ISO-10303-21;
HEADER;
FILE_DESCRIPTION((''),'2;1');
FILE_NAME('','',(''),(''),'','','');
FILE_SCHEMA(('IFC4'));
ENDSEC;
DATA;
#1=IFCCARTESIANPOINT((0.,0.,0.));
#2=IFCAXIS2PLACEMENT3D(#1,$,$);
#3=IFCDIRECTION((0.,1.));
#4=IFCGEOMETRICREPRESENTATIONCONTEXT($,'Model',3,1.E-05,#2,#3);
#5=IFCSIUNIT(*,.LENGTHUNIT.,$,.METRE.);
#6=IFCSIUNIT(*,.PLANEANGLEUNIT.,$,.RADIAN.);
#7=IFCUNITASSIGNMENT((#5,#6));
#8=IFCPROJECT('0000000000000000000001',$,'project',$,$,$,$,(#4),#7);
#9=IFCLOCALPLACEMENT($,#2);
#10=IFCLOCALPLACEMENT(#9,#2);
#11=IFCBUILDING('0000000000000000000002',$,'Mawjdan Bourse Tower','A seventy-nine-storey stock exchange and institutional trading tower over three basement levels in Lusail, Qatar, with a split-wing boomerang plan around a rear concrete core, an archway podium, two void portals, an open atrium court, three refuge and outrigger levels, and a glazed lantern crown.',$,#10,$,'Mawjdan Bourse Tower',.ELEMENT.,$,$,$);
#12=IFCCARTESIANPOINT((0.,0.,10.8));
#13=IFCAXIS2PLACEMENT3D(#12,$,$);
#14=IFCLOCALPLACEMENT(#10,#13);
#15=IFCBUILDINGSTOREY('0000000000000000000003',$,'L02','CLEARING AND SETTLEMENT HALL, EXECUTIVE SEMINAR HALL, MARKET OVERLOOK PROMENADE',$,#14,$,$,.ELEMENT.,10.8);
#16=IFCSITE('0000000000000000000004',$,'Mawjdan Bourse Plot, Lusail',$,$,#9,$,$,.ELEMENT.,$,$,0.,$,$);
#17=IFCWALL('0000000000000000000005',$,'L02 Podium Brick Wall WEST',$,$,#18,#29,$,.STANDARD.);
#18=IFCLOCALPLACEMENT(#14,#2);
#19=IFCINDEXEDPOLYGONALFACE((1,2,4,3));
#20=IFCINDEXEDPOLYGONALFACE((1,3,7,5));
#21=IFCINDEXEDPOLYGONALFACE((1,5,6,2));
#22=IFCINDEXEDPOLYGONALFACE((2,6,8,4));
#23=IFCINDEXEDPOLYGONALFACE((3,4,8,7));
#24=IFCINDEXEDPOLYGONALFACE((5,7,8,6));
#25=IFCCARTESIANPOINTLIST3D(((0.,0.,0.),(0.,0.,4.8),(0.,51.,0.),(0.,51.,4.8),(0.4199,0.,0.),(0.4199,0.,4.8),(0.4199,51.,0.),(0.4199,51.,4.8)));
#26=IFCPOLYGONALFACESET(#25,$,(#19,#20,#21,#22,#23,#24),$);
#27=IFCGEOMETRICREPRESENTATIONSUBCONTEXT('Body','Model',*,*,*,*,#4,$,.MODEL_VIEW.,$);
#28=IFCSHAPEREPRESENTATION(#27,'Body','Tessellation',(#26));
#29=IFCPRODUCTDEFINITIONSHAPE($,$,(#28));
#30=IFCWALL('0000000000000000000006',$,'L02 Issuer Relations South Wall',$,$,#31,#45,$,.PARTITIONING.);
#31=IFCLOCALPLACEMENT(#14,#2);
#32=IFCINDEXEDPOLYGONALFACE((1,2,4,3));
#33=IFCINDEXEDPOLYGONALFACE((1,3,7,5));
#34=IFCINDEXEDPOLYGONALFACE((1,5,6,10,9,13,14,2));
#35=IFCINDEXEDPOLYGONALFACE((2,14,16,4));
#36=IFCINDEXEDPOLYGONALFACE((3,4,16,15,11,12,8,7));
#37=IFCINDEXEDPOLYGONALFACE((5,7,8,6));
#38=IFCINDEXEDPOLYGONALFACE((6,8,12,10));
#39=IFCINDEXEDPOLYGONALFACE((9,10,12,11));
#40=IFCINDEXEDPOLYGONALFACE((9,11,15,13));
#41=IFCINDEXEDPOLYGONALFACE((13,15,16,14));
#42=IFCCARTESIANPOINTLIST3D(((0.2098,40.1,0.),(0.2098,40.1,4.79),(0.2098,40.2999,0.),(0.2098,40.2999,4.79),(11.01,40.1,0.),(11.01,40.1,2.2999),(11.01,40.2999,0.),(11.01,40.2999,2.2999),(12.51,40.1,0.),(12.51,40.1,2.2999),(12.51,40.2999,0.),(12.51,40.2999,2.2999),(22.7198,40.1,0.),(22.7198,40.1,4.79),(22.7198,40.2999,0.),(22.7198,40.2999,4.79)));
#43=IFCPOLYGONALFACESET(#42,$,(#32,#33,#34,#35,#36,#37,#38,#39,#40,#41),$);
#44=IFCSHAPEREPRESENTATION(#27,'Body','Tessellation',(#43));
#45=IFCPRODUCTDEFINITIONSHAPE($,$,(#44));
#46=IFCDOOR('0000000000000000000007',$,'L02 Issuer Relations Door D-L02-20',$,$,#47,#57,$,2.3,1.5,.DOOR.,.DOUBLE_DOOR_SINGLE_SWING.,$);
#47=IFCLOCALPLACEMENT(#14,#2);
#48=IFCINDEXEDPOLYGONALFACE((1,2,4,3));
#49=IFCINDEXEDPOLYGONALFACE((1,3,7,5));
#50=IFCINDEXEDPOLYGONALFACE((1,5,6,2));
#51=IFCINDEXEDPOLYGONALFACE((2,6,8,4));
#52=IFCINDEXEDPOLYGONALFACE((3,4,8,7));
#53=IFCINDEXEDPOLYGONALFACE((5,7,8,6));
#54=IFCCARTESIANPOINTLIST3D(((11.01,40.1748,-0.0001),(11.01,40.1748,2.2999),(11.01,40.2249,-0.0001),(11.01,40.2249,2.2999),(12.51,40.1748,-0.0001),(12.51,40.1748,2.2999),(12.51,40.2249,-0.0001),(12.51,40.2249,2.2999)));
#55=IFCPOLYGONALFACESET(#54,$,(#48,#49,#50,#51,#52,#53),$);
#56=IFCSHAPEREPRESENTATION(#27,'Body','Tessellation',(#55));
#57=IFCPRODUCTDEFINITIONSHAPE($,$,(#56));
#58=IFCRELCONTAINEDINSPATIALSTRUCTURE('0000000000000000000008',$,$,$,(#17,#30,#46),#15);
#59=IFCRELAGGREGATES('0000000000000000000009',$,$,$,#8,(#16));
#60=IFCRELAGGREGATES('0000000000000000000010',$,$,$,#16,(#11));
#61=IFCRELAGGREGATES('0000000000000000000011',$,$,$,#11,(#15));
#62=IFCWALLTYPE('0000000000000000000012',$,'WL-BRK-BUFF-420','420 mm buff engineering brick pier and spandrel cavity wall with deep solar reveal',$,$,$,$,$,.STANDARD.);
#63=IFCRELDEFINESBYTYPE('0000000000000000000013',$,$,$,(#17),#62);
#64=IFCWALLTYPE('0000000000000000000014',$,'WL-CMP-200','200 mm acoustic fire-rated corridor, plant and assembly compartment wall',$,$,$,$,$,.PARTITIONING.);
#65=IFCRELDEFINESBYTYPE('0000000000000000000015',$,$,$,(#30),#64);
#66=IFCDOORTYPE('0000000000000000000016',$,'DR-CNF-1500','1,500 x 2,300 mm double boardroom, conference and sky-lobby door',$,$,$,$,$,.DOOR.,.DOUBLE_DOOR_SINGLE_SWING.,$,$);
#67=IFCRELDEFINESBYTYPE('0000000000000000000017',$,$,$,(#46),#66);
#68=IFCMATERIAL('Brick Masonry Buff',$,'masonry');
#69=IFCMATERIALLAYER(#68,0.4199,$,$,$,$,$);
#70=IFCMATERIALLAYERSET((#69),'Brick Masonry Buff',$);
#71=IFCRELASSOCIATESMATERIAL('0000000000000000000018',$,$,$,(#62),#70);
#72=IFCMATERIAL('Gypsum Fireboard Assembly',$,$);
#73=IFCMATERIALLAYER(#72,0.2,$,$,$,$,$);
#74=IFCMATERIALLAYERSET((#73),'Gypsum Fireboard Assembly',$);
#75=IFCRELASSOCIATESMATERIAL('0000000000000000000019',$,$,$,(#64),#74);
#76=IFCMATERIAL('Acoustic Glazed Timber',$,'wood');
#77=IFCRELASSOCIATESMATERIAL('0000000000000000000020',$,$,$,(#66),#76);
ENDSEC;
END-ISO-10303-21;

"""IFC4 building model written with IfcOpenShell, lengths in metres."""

from ifc_helpers import new_model, si_unit, direction, frame, frame_2d, origin, place, context, subcontext, project, spatial, rectangle, extrude, material, layer, layer_set, type_object, element, fill, save


model = new_model("IFC4")

# Units and contexts
model_context = context("Model", 3, precision=1e-05, world=origin(), true_north=direction((0.0, 1.0)))
body_context = subcontext(model_context, "Body", "Model", "MODEL_VIEW")
ifc_project = project(units=[si_unit("LENGTHUNIT", "METRE"), si_unit("PLANEANGLEUNIT", "RADIAN")], contexts=[model_context])

# Site, building, storey
site_placement = place(None, origin())
site = spatial("IfcSite", under=ifc_project, at=site_placement, Name="Mawjdan Bourse Plot, Lusail", CompositionType="ELEMENT", RefElevation=0.0)
building_placement = place(site_placement, origin())
building = spatial("IfcBuilding", under=site, at=building_placement, Name="Mawjdan Bourse Tower", Description="A seventy-nine-storey stock exchange and institutional trading tower over three basement levels in Lusail, Qatar, with a split-wing boomerang plan around a rear concrete core, an archway podium, two void portals, an open atrium court, three refuge and outrigger levels, and a glazed lantern crown.", LongName="Mawjdan Bourse Tower", CompositionType="ELEMENT")
storey_placement = place(building_placement, frame((0.0, 0.0, 10.8)))
storey = spatial("IfcBuildingStorey", under=building, at=storey_placement, Name="L02", Description="CLEARING AND SETTLEMENT HALL, EXECUTIVE SEMINAR HALL, MARKET OVERLOOK PROMENADE", CompositionType="ELEMENT", Elevation=10.8)

# Wall
ifc_material_1 = material(Name="Brick Masonry Buff", Category="masonry")
ifc_layer_1 = layer(ifc_material_1, 0.4199)
ifc_layer_set_1 = layer_set([ifc_layer_1], Name="Brick Masonry Buff")
wall_type_1 = type_object("IfcWallType", Name="WL-BRK-BUFF-420", Description="420 mm buff engineering brick pier and spandrel cavity wall with deep solar reveal", PredefinedType="STANDARD", material=ifc_layer_set_1)
wall_1_placement = place(storey_placement, frame((0.21, 51.0, 0.0), z_axis=(0.0, 0.0, 1.0), x_axis=(0.0, -1.0, 0.0)))
element("IfcWall", 1, at=wall_1_placement, inside=storey, type_object=wall_type_1, Name="L02 Podium Brick Wall WEST", PredefinedType="STANDARD", context=body_context, shape_type="SweptSolid", body=[
    extrude(rectangle(XDim=51.0, YDim=0.4199, at=frame_2d((25.5, 0.0))), origin(), (0.0, 0.0, 1.0), 4.8),
])

# Wall, opening, door
ifc_material_2 = material(Name="Gypsum Fireboard Assembly")
ifc_layer_2 = layer(ifc_material_2, 0.2)
ifc_layer_set_2 = layer_set([ifc_layer_2], Name="Gypsum Fireboard Assembly")
wall_type_2 = type_object("IfcWallType", Name="WL-CMP-200", Description="200 mm acoustic fire-rated corridor, plant and assembly compartment wall", PredefinedType="PARTITIONING", material=ifc_layer_set_2)
wall_2_placement = place(storey_placement, frame((0.21, 40.2, 0.0), z_axis=(0.0, 0.0, 1.0), x_axis=(1.0, 0.0, 0.0)))
wall_2 = element("IfcWall", 2, at=wall_2_placement, inside=storey, type_object=wall_type_2, Name="L02 Issuer Relations South Wall", PredefinedType="PARTITIONING", context=body_context, shape_type="SweptSolid", body=[
    extrude(rectangle(XDim=22.51, YDim=0.2, at=frame_2d((11.2549, 0.0))), origin(), (0.0, 0.0, 1.0), 4.79),
])
opening_placement = place(wall_2_placement, frame((10.8, 0.0, 0.0)))
opening = element("IfcOpeningElement", 3, at=opening_placement, cuts=wall_2, PredefinedType="OPENING", context=body_context, shape_type="SweptSolid", body=[
    extrude(rectangle(XDim=1.5, YDim=2.3, at=frame_2d((0.75, 1.1499))), frame((0.0, 0.1099, 0.0), z_axis=(0.0, -1.0, 0.0), x_axis=(1.0, 0.0, 0.0)), (0.0, 0.0, 1.0), 0.22),
])
ifc_material_3 = material(Name="Acoustic Glazed Timber", Category="wood")
door_type = type_object("IfcDoorType", Name="DR-CNF-1500", Description="1,500 x 2,300 mm double boardroom, conference and sky-lobby door", OperationType="DOUBLE_DOOR_SINGLE_SWING", PredefinedType="DOOR", material=ifc_material_3)
door_placement = place(opening_placement, origin())
door = element("IfcDoor", 4, at=door_placement, inside=storey, type_object=door_type, Name="L02 Issuer Relations Door D-L02-20", OperationType="DOUBLE_DOOR_SINGLE_SWING", OverallHeight=2.3, OverallWidth=1.5, PredefinedType="DOOR", context=body_context, shape_type="SweptSolid", body=[
    extrude(rectangle(XDim=1.5, YDim=2.3, at=frame_2d((0.75, 1.1499))), frame((0.0, 0.0249, 0.0), z_axis=(0.0, -1.0, 0.0), x_axis=(1.0, 0.0, 0.0)), (0.0, 0.0, 1.0), 0.05),
])
fill(opening, door)

save(model, "model.ifc")
